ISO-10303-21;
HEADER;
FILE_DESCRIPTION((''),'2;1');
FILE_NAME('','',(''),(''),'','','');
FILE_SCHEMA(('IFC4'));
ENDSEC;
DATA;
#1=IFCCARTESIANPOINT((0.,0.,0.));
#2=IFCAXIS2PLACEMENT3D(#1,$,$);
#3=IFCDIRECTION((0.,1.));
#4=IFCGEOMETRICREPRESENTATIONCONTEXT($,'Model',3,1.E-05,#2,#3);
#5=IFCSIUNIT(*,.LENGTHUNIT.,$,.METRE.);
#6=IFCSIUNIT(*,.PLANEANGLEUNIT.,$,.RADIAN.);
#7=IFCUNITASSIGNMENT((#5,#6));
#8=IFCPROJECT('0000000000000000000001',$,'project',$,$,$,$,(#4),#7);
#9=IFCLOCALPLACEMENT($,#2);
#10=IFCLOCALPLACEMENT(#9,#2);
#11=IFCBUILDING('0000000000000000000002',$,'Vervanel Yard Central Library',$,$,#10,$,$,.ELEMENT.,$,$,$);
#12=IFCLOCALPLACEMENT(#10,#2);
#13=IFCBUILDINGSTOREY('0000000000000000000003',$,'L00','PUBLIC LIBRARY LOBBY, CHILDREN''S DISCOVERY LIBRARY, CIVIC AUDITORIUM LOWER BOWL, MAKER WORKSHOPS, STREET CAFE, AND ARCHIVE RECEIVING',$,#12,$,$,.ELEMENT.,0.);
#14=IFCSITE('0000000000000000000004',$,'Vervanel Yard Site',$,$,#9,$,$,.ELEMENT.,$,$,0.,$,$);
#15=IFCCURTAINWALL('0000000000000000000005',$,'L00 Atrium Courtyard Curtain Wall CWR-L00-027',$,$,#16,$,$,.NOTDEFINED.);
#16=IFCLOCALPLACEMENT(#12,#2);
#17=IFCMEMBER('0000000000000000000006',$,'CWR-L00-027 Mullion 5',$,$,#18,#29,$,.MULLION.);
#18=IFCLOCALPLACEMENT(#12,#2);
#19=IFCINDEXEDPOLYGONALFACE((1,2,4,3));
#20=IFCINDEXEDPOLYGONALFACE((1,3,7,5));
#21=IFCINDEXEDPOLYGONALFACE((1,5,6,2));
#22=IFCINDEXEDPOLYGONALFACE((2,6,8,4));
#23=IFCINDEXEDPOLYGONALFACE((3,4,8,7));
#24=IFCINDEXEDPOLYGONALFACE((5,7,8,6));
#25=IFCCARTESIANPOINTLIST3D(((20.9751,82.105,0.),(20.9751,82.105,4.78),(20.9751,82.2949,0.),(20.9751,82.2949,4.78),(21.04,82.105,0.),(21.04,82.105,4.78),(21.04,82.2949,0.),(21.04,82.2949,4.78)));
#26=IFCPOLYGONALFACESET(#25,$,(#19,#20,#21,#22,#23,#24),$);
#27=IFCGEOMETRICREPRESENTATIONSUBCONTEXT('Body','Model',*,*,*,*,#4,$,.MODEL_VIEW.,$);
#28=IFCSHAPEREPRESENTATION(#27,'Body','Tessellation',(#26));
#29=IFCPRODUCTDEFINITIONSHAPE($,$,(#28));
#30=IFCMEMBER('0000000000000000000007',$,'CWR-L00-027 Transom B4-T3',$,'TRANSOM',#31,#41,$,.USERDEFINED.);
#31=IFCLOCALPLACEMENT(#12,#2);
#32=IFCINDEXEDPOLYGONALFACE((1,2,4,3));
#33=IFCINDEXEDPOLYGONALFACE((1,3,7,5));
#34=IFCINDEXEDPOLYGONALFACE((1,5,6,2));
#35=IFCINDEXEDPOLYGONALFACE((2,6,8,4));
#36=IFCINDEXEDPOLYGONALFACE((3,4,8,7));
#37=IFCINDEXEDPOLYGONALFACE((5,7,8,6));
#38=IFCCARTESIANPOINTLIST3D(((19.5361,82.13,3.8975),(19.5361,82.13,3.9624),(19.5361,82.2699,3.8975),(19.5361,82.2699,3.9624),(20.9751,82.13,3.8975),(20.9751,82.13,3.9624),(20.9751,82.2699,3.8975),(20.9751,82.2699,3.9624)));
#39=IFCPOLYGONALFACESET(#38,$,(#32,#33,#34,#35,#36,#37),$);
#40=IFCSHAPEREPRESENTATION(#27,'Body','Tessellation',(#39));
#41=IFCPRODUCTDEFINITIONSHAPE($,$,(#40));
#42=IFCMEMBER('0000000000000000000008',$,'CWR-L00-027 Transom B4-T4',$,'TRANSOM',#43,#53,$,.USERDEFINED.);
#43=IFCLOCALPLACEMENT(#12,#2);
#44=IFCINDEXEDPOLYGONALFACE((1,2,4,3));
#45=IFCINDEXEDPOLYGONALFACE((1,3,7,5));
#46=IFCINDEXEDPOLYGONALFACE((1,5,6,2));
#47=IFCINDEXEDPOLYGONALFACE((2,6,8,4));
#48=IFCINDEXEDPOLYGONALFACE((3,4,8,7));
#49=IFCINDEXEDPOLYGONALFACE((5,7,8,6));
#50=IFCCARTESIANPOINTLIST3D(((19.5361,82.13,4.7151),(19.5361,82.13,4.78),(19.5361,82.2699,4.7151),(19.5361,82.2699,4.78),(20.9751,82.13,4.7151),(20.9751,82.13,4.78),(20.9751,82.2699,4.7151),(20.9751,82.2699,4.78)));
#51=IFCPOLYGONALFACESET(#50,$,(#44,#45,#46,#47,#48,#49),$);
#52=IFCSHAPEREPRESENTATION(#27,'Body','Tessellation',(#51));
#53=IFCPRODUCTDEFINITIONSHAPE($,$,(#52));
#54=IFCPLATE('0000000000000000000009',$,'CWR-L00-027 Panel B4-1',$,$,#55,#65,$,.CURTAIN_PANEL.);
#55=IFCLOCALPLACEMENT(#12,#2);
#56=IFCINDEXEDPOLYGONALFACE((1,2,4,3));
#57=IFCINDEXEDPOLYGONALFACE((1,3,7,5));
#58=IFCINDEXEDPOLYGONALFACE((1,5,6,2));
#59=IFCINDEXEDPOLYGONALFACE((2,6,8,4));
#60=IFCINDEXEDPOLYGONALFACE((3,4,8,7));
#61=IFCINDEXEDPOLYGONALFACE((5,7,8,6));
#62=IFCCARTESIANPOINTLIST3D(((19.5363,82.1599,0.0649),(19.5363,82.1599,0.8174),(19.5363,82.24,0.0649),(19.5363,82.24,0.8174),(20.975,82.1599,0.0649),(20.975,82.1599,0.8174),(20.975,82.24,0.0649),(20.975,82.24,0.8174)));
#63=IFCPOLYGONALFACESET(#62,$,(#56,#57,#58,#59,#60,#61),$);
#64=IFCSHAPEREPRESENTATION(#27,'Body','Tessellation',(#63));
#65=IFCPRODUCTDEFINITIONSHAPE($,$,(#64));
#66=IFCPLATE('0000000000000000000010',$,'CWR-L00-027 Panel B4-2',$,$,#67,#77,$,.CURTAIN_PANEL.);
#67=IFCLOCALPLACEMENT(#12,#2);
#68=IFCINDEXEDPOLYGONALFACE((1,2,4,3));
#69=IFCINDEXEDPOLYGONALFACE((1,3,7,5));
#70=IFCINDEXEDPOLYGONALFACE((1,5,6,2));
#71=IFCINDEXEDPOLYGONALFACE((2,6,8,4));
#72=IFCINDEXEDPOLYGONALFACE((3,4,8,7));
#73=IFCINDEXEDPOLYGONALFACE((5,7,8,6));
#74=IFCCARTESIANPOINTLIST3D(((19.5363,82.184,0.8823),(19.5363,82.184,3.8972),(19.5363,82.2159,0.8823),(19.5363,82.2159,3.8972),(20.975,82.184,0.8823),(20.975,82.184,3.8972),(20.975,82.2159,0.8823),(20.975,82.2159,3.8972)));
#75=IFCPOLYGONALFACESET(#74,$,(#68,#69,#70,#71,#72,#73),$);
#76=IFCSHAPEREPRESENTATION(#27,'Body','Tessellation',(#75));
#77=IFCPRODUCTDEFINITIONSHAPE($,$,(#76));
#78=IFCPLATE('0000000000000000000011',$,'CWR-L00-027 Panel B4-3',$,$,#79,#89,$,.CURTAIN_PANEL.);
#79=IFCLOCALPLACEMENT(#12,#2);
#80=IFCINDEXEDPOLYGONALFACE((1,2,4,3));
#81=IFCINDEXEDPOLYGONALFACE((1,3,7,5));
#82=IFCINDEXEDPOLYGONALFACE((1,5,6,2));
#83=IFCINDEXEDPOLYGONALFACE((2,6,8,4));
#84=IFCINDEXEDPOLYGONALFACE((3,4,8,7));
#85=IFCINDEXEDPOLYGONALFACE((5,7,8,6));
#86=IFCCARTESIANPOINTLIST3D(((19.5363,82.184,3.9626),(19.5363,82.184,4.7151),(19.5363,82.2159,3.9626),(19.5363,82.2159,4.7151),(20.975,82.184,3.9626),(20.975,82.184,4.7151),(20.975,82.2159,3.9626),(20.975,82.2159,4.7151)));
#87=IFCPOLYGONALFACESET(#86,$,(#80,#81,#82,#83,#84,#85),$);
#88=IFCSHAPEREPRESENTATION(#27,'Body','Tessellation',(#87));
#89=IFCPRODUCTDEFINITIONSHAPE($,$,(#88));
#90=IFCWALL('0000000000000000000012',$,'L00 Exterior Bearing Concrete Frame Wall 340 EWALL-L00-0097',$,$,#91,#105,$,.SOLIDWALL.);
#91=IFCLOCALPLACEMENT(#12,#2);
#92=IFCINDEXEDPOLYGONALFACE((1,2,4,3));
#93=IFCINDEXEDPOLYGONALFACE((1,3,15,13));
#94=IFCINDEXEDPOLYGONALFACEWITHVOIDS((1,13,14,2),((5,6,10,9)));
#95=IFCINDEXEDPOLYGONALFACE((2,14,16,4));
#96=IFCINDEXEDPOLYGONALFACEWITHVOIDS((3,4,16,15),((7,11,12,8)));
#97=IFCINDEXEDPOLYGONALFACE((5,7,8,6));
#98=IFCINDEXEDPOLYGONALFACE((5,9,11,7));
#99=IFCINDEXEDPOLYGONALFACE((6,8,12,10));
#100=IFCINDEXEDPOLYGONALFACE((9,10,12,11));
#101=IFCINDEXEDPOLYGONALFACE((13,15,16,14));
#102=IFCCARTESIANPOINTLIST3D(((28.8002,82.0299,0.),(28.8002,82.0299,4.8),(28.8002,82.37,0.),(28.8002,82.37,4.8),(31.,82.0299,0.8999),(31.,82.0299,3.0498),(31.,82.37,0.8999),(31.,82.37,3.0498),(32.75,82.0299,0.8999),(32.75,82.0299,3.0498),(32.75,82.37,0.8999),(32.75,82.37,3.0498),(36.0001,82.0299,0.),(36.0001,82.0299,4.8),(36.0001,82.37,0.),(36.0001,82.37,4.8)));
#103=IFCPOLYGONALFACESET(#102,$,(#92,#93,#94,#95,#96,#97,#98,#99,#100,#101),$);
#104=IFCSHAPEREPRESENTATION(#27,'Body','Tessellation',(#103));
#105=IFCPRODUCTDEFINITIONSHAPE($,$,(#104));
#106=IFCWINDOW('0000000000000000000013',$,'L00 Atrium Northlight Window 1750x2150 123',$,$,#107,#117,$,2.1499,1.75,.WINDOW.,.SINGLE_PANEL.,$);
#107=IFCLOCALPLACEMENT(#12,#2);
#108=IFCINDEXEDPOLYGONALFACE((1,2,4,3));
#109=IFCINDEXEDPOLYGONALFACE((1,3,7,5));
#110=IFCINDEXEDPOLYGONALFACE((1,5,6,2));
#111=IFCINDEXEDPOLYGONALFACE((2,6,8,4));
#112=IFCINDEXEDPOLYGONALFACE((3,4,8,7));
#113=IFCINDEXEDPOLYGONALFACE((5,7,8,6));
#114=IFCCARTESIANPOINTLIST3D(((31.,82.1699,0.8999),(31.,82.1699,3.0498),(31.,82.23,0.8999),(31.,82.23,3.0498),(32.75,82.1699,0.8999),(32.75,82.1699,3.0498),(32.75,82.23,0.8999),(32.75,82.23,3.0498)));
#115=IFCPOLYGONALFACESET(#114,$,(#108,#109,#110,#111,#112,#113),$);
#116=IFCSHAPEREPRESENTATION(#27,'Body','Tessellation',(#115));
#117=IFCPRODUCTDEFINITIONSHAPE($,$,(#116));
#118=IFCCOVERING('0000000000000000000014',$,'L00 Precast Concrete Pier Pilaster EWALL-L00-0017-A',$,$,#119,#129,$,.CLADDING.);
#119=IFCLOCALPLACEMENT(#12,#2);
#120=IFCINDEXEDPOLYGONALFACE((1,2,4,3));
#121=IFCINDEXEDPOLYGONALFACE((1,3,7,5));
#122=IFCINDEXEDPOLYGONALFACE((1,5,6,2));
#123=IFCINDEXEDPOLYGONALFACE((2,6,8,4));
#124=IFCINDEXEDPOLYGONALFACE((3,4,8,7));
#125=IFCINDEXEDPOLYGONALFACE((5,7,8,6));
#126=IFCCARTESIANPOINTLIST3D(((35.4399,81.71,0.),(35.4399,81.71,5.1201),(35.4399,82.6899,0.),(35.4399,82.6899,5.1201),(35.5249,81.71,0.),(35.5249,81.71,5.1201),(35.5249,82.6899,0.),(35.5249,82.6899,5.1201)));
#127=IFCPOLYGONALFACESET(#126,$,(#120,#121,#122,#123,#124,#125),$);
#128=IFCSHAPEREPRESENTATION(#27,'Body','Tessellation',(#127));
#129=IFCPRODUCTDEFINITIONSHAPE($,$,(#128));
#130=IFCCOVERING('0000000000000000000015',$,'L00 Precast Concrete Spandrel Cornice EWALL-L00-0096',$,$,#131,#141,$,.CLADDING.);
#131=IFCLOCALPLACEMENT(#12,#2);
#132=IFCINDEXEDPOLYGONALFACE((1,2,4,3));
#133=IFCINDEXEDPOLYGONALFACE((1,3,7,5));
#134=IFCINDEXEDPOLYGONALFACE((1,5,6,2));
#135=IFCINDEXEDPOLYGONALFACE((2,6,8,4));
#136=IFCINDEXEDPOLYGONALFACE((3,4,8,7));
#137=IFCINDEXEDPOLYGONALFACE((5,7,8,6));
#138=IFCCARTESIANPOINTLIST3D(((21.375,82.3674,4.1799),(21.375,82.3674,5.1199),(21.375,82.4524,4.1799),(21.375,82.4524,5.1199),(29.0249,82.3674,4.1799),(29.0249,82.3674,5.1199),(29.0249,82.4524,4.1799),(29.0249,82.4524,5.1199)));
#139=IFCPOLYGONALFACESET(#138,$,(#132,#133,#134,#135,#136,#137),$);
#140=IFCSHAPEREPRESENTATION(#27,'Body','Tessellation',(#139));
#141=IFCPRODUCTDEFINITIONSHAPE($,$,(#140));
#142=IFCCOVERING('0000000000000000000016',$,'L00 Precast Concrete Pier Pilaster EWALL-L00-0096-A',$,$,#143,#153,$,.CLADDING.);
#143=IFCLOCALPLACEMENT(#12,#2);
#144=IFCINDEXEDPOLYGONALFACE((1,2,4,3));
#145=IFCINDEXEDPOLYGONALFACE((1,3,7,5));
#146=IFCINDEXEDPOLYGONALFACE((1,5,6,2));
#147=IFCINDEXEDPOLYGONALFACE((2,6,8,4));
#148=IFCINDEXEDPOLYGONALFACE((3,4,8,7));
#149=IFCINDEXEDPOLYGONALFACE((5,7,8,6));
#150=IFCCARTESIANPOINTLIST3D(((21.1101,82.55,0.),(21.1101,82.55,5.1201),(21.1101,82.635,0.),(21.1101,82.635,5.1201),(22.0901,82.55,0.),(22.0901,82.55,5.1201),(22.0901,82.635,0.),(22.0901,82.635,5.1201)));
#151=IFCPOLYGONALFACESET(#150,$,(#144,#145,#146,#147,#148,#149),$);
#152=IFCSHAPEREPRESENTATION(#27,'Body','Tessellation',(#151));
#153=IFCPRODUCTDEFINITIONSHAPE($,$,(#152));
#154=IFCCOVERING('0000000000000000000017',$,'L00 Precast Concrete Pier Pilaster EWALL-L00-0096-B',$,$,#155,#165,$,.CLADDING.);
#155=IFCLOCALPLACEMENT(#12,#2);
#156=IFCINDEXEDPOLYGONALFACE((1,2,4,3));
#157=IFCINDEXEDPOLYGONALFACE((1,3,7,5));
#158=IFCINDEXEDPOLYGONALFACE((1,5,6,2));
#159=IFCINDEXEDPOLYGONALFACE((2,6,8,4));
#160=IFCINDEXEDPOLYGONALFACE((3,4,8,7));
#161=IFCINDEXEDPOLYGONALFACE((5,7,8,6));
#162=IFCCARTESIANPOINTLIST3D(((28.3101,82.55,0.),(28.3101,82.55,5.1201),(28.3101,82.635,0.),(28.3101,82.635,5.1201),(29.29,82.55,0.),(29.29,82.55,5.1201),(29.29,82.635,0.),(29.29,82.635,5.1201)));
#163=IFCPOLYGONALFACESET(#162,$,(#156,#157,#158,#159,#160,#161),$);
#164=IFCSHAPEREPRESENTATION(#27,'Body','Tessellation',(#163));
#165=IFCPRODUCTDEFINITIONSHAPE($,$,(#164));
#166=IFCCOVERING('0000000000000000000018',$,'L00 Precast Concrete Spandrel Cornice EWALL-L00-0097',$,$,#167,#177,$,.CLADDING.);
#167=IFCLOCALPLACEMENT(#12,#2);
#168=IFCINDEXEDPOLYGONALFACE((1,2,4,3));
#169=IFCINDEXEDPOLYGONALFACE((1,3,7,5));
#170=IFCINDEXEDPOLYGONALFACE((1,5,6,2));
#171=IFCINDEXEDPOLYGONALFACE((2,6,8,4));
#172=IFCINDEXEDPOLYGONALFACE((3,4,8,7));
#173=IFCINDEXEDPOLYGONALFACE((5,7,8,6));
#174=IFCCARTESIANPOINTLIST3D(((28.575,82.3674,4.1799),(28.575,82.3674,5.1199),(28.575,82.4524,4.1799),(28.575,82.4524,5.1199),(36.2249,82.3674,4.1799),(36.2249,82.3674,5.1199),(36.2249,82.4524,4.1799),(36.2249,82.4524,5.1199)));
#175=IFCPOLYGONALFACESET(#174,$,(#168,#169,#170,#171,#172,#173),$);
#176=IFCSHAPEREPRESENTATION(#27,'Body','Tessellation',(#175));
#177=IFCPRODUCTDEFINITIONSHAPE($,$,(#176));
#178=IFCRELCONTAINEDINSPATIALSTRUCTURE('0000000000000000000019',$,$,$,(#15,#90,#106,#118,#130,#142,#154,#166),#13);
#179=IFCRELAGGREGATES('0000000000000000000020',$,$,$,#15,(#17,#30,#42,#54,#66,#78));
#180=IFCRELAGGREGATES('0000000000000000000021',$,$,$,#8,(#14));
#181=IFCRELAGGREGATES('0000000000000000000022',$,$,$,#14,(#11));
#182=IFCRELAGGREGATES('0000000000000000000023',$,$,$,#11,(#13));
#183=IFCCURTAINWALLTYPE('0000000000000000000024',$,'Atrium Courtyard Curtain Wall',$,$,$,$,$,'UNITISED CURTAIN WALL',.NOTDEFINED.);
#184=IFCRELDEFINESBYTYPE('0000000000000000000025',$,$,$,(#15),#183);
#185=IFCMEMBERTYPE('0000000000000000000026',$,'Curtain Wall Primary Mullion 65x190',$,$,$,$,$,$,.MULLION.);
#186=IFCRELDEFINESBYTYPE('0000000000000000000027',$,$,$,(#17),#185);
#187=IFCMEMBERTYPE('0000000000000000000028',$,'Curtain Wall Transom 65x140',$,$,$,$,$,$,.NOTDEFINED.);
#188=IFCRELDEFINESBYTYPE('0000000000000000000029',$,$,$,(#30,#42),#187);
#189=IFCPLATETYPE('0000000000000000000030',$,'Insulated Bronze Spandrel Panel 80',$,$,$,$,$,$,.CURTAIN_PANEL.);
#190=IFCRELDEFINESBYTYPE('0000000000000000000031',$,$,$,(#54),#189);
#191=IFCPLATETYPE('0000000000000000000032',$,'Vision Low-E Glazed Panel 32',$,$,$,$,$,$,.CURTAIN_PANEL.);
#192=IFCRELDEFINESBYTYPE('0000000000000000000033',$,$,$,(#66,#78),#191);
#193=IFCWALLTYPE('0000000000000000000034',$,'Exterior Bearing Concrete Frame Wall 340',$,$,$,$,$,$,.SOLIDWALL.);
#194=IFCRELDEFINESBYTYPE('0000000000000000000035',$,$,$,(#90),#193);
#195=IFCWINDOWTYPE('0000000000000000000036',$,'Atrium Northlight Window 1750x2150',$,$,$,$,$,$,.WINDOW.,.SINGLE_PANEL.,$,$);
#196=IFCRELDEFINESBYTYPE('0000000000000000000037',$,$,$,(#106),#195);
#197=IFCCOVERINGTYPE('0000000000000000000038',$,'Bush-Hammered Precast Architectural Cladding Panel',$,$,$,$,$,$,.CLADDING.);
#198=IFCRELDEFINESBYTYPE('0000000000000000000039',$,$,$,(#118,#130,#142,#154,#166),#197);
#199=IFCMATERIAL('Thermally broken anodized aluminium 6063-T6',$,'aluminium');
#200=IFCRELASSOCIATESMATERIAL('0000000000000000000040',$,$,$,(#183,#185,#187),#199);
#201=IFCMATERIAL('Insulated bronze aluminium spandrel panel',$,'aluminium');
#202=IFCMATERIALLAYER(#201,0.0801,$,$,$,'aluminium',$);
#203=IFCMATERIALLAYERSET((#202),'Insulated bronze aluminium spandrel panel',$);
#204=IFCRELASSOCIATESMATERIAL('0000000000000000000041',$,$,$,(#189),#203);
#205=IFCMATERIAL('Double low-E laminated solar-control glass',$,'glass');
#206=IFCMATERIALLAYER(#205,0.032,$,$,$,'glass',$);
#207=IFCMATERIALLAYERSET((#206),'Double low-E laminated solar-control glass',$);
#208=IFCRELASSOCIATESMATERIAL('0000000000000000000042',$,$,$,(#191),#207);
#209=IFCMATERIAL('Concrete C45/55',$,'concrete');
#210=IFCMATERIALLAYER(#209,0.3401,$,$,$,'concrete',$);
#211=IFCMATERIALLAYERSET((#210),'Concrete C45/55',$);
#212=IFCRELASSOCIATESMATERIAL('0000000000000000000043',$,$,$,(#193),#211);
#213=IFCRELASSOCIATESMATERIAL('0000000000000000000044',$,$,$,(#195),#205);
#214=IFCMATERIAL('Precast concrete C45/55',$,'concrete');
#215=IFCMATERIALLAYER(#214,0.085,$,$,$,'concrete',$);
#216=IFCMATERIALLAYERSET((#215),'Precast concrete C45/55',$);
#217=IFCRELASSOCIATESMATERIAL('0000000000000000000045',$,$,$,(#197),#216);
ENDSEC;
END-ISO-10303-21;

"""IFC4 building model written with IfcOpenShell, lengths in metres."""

from ifc_helpers import new_model, si_unit, direction, frame, frame_2d, origin, origin_2d, place, context, subcontext, project, spatial, rectangle, extrude, material, layer, layer_set, material_profile, profile_set, type_object, element, fill, aggregate, save


model = new_model("IFC4")

# Units and contexts
model_context = context("Model", 3, precision=1e-05, world=origin(), true_north=direction((0.0, 1.0)))
body_context = subcontext(model_context, "Body", "Model", "MODEL_VIEW")
ifc_project = project(units=[si_unit("LENGTHUNIT", "METRE"), si_unit("PLANEANGLEUNIT", "RADIAN")], contexts=[model_context])

# Site, building, storey
site_placement = place(None, origin())
site = spatial("IfcSite", under=ifc_project, at=site_placement, Name="Vervanel Yard Site", CompositionType="ELEMENT", RefElevation=0.0)
building_placement = place(site_placement, origin())
building = spatial("IfcBuilding", under=site, at=building_placement, Name="Vervanel Yard Central Library", CompositionType="ELEMENT")
storey_placement = place(building_placement, origin())
storey = spatial("IfcBuildingStorey", under=building, at=storey_placement, Name="L00", Description="PUBLIC LIBRARY LOBBY, CHILDREN'S DISCOVERY LIBRARY, CIVIC AUDITORIUM LOWER BOWL, MAKER WORKSHOPS, STREET CAFE, AND ARCHIVE RECEIVING", CompositionType="ELEMENT", Elevation=0.0)

# Curtain wall, members, plates
ifc_material_1 = material(Name="Thermally broken anodized aluminium 6063-T6", Category="aluminium")
curtain_wall_type = type_object("IfcCurtainWallType", Name="Atrium Courtyard Curtain Wall", ElementType="UNITISED CURTAIN WALL", PredefinedType="NOTDEFINED", material=ifc_material_1)
curtain_wall_placement = place(storey_placement, origin())
curtain_wall = element("IfcCurtainWall", 1, at=curtain_wall_placement, inside=storey, type_object=curtain_wall_type, Name="L00 Atrium Courtyard Curtain Wall CWR-L00-027", PredefinedType="NOTDEFINED")
ifc_material_profile_1 = material_profile(ifc_material_1, rectangle(XDim=0.0649, YDim=0.1899, at=origin_2d()), Name="ALU 65x190", Category="aluminium")
ifc_profile_set_1 = profile_set([ifc_material_profile_1], Name="Thermally broken anodized aluminium 6063-T6")
member_type_1 = type_object("IfcMemberType", Name="Curtain Wall Primary Mullion 65x190", PredefinedType="MULLION", material=ifc_profile_set_1)
member_1_placement = place(storey_placement, frame((21.0076, 82.2, 0.0), z_axis=(0.0, 0.0, 1.0), x_axis=(1.0, 0.0, 0.0)))
member_1 = element("IfcMember", 2, at=member_1_placement, type_object=member_type_1, Name="CWR-L00-027 Mullion 5", PredefinedType="MULLION", context=body_context, shape_type="SweptSolid", body=[
    extrude(rectangle(XDim=0.0649, YDim=0.1899, at=origin_2d()), origin(), (0.0, 0.0, 1.0), 4.78),
])
ifc_material_profile_2 = material_profile(ifc_material_1, rectangle(XDim=0.0649, YDim=0.1399, at=origin_2d()), Name="ALU 65x140", Category="aluminium")
ifc_profile_set_2 = profile_set([ifc_material_profile_2], Name="Thermally broken anodized aluminium 6063-T6")
member_type_2 = type_object("IfcMemberType", Name="Curtain Wall Transom 65x140", PredefinedType="NOTDEFINED", material=ifc_profile_set_2)
member_2_placement = place(storey_placement, frame((19.5361, 82.2, 3.9299), z_axis=(1.0, 0.0, 0.0), x_axis=(0.0, 0.0, 1.0)))
member_2 = element("IfcMember", 3, at=member_2_placement, type_object=member_type_2, Name="CWR-L00-027 Transom B4-T3", ObjectType="TRANSOM", PredefinedType="USERDEFINED", context=body_context, shape_type="SweptSolid", body=[
    extrude(rectangle(XDim=0.0649, YDim=0.1399, at=origin_2d()), origin(), (0.0, 0.0, 1.0), 1.439),
])
member_3_placement = place(storey_placement, frame((19.5361, 82.2, 4.7476), z_axis=(1.0, 0.0, 0.0), x_axis=(0.0, 0.0, 1.0)))
member_3 = element("IfcMember", 4, at=member_3_placement, type_object=member_type_2, Name="CWR-L00-027 Transom B4-T4", ObjectType="TRANSOM", PredefinedType="USERDEFINED", context=body_context, shape_type="SweptSolid", body=[
    extrude(rectangle(XDim=0.0649, YDim=0.1399, at=origin_2d()), origin(), (0.0, 0.0, 1.0), 1.439),
])
ifc_material_2 = material(Name="Insulated bronze aluminium spandrel panel", Category="aluminium")
ifc_layer_1 = layer(ifc_material_2, 0.0801, Category="aluminium")
ifc_layer_set_1 = layer_set([ifc_layer_1], Name="Insulated bronze aluminium spandrel panel")
plate_type_1 = type_object("IfcPlateType", Name="Insulated Bronze Spandrel Panel 80", PredefinedType="CURTAIN_PANEL", material=ifc_layer_set_1)
plate_1_placement = place(storey_placement, frame((20.2556, 82.2, 0.0649), z_axis=(0.0, 0.0, 1.0), x_axis=(1.0, 0.0, 0.0)))
plate_1 = element("IfcPlate", 5, at=plate_1_placement, type_object=plate_type_1, Name="CWR-L00-027 Panel B4-1", PredefinedType="CURTAIN_PANEL", context=body_context, shape_type="SweptSolid", body=[
    extrude(rectangle(XDim=1.4387, YDim=0.0801, at=origin_2d()), origin(), (0.0, 0.0, 1.0), 0.7524),
])
ifc_material_3 = material(Name="Double low-E laminated solar-control glass", Category="glass")
ifc_layer_2 = layer(ifc_material_3, 0.032, Category="glass")
ifc_layer_set_2 = layer_set([ifc_layer_2], Name="Double low-E laminated solar-control glass")
plate_type_2 = type_object("IfcPlateType", Name="Vision Low-E Glazed Panel 32", PredefinedType="CURTAIN_PANEL", material=ifc_layer_set_2)
plate_2_placement = place(storey_placement, frame((20.2556, 82.2, 0.8823), z_axis=(0.0, 0.0, 1.0), x_axis=(1.0, 0.0, 0.0)))
plate_2 = element("IfcPlate", 6, at=plate_2_placement, type_object=plate_type_2, Name="CWR-L00-027 Panel B4-2", PredefinedType="CURTAIN_PANEL", context=body_context, shape_type="SweptSolid", body=[
    extrude(rectangle(XDim=1.4387, YDim=0.032, at=origin_2d()), origin(), (0.0, 0.0, 1.0), 3.0149),
])
plate_3_placement = place(storey_placement, frame((20.2556, 82.2, 3.9626), z_axis=(0.0, 0.0, 1.0), x_axis=(1.0, 0.0, 0.0)))
plate_3 = element("IfcPlate", 7, at=plate_3_placement, type_object=plate_type_2, Name="CWR-L00-027 Panel B4-3", PredefinedType="CURTAIN_PANEL", context=body_context, shape_type="SweptSolid", body=[
    extrude(rectangle(XDim=1.4387, YDim=0.032, at=origin_2d()), origin(), (0.0, 0.0, 1.0), 0.7524),
])
aggregate(curtain_wall, [member_1, member_2, member_3, plate_1, plate_2, plate_3])

# Shared definitions
ifc_material_4 = material(Name="Concrete C45/55", Category="concrete")
ifc_layer_3 = layer(ifc_material_4, 0.3401, Category="concrete")
ifc_layer_set_3 = layer_set([ifc_layer_3], Name="Concrete C45/55")
wall_type = type_object("IfcWallType", Name="Exterior Bearing Concrete Frame Wall 340", PredefinedType="SOLIDWALL", material=ifc_layer_set_3)

# Wall, opening, window
wall_1_placement = place(storey_placement, frame((28.8, 82.2, 0.0), z_axis=(0.0, 0.0, 1.0), x_axis=(1.0, 0.0, 0.0)))
wall_1 = element("IfcWall", 8, at=wall_1_placement, inside=storey, type_object=wall_type, Name="L00 Exterior Bearing Concrete Frame Wall 340 EWALL-L00-0097", PredefinedType="SOLIDWALL", context=body_context, shape_type="SweptSolid", body=[
    extrude(rectangle(XDim=7.2, YDim=0.3401, at=frame_2d((3.6001, 0.0))), origin(), (0.0, 0.0, 1.0), 4.8),
])
opening_1_placement = place(wall_1_placement, frame((2.2, 0.0, 0.8999)))
opening_1 = element("IfcOpeningElement", 9, at=opening_1_placement, cuts=wall_1, PredefinedType="OPENING", context=body_context, shape_type="SweptSolid", body=[
    extrude(rectangle(XDim=1.75, YDim=2.1499, at=frame_2d((0.875, 1.075))), frame((0.0, 0.1799, 0.0), z_axis=(0.0, -1.0, 0.0), x_axis=(1.0, 0.0, 0.0)), (0.0, 0.0, 1.0), 0.3601),
])
window_type = type_object("IfcWindowType", Name="Atrium Northlight Window 1750x2150", PartitioningType="SINGLE_PANEL", PredefinedType="WINDOW", material=ifc_material_3)
window_placement = place(opening_1_placement, origin())
window = element("IfcWindow", 10, at=window_placement, inside=storey, type_object=window_type, Name="L00 Atrium Northlight Window 1750x2150 123", OverallHeight=2.1499, OverallWidth=1.75, PartitioningType="SINGLE_PANEL", PredefinedType="WINDOW", context=body_context, shape_type="SweptSolid", body=[
    extrude(rectangle(XDim=1.75, YDim=2.1499, at=frame_2d((0.875, 1.075))), frame((0.0, 0.03, 0.0), z_axis=(0.0, -1.0, 0.0), x_axis=(1.0, 0.0, 0.0)), (0.0, 0.0, 1.0), 0.0601),
])
fill(opening_1, window)

# Coverings
ifc_material_5 = material(Name="Precast concrete C45/55", Category="concrete")
ifc_layer_4 = layer(ifc_material_5, 0.085, Category="concrete")
ifc_layer_set_4 = layer_set([ifc_layer_4], Name="Precast concrete C45/55")
covering_type = type_object("IfcCoveringType", Name="Bush-Hammered Precast Architectural Cladding Panel", PredefinedType="CLADDING", material=ifc_layer_set_4)
covering_1_placement = place(storey_placement, frame((35.4824, 82.2, 0.0), z_axis=(0.0, 0.0, 1.0), x_axis=(0.0, 1.0, 0.0)))
element("IfcCovering", 11, at=covering_1_placement, inside=storey, type_object=covering_type, Name="L00 Precast Concrete Pier Pilaster EWALL-L00-0017-A", PredefinedType="CLADDING", context=body_context, shape_type="SweptSolid", body=[
    extrude(rectangle(XDim=0.98, YDim=0.085, at=origin_2d()), origin(), (0.0, 0.0, 1.0), 5.1201),
])
covering_2_placement = place(storey_placement, frame((25.2, 82.4099, 4.1799), z_axis=(0.0, 0.0, 1.0), x_axis=(1.0, 0.0, 0.0)))
element("IfcCovering", 12, at=covering_2_placement, inside=storey, type_object=covering_type, Name="L00 Precast Concrete Spandrel Cornice EWALL-L00-0096", PredefinedType="CLADDING", context=body_context, shape_type="SweptSolid", body=[
    extrude(rectangle(XDim=7.6499, YDim=0.085, at=origin_2d()), origin(), (0.0, 0.0, 1.0), 0.9399),
])
for number, where, z_axis, x_axis, name in (
    (13, (21.6001, 82.5925, 0.0), (0.0, 0.0, 1.0), (1.0, 0.0, 0.0), "L00 Precast Concrete Pier Pilaster EWALL-L00-0096-A"),
    (14, (28.8, 82.5925, 0.0), (0.0, 0.0, 1.0), (1.0, 0.0, 0.0), "L00 Precast Concrete Pier Pilaster EWALL-L00-0096-B"),
):
    element("IfcCovering", number, at=place(storey_placement, frame(where, z_axis=z_axis, x_axis=x_axis)), inside=storey, type_object=covering_type, Name=name, PredefinedType="CLADDING", context=body_context, shape_type="SweptSolid", body=[
        extrude(rectangle(XDim=0.98, YDim=0.085, at=origin_2d()), origin(), (0.0, 0.0, 1.0), 5.1201),
    ])
covering_3_placement = place(storey_placement, frame((32.3999, 82.4099, 4.1799), z_axis=(0.0, 0.0, 1.0), x_axis=(1.0, 0.0, 0.0)))
element("IfcCovering", 15, at=covering_3_placement, inside=storey, type_object=covering_type, Name="L00 Precast Concrete Spandrel Cornice EWALL-L00-0097", PredefinedType="CLADDING", context=body_context, shape_type="SweptSolid", body=[
    extrude(rectangle(XDim=7.6499, YDim=0.085, at=origin_2d()), origin(), (0.0, 0.0, 1.0), 0.9399),
])

save(model, "model.ifc")
